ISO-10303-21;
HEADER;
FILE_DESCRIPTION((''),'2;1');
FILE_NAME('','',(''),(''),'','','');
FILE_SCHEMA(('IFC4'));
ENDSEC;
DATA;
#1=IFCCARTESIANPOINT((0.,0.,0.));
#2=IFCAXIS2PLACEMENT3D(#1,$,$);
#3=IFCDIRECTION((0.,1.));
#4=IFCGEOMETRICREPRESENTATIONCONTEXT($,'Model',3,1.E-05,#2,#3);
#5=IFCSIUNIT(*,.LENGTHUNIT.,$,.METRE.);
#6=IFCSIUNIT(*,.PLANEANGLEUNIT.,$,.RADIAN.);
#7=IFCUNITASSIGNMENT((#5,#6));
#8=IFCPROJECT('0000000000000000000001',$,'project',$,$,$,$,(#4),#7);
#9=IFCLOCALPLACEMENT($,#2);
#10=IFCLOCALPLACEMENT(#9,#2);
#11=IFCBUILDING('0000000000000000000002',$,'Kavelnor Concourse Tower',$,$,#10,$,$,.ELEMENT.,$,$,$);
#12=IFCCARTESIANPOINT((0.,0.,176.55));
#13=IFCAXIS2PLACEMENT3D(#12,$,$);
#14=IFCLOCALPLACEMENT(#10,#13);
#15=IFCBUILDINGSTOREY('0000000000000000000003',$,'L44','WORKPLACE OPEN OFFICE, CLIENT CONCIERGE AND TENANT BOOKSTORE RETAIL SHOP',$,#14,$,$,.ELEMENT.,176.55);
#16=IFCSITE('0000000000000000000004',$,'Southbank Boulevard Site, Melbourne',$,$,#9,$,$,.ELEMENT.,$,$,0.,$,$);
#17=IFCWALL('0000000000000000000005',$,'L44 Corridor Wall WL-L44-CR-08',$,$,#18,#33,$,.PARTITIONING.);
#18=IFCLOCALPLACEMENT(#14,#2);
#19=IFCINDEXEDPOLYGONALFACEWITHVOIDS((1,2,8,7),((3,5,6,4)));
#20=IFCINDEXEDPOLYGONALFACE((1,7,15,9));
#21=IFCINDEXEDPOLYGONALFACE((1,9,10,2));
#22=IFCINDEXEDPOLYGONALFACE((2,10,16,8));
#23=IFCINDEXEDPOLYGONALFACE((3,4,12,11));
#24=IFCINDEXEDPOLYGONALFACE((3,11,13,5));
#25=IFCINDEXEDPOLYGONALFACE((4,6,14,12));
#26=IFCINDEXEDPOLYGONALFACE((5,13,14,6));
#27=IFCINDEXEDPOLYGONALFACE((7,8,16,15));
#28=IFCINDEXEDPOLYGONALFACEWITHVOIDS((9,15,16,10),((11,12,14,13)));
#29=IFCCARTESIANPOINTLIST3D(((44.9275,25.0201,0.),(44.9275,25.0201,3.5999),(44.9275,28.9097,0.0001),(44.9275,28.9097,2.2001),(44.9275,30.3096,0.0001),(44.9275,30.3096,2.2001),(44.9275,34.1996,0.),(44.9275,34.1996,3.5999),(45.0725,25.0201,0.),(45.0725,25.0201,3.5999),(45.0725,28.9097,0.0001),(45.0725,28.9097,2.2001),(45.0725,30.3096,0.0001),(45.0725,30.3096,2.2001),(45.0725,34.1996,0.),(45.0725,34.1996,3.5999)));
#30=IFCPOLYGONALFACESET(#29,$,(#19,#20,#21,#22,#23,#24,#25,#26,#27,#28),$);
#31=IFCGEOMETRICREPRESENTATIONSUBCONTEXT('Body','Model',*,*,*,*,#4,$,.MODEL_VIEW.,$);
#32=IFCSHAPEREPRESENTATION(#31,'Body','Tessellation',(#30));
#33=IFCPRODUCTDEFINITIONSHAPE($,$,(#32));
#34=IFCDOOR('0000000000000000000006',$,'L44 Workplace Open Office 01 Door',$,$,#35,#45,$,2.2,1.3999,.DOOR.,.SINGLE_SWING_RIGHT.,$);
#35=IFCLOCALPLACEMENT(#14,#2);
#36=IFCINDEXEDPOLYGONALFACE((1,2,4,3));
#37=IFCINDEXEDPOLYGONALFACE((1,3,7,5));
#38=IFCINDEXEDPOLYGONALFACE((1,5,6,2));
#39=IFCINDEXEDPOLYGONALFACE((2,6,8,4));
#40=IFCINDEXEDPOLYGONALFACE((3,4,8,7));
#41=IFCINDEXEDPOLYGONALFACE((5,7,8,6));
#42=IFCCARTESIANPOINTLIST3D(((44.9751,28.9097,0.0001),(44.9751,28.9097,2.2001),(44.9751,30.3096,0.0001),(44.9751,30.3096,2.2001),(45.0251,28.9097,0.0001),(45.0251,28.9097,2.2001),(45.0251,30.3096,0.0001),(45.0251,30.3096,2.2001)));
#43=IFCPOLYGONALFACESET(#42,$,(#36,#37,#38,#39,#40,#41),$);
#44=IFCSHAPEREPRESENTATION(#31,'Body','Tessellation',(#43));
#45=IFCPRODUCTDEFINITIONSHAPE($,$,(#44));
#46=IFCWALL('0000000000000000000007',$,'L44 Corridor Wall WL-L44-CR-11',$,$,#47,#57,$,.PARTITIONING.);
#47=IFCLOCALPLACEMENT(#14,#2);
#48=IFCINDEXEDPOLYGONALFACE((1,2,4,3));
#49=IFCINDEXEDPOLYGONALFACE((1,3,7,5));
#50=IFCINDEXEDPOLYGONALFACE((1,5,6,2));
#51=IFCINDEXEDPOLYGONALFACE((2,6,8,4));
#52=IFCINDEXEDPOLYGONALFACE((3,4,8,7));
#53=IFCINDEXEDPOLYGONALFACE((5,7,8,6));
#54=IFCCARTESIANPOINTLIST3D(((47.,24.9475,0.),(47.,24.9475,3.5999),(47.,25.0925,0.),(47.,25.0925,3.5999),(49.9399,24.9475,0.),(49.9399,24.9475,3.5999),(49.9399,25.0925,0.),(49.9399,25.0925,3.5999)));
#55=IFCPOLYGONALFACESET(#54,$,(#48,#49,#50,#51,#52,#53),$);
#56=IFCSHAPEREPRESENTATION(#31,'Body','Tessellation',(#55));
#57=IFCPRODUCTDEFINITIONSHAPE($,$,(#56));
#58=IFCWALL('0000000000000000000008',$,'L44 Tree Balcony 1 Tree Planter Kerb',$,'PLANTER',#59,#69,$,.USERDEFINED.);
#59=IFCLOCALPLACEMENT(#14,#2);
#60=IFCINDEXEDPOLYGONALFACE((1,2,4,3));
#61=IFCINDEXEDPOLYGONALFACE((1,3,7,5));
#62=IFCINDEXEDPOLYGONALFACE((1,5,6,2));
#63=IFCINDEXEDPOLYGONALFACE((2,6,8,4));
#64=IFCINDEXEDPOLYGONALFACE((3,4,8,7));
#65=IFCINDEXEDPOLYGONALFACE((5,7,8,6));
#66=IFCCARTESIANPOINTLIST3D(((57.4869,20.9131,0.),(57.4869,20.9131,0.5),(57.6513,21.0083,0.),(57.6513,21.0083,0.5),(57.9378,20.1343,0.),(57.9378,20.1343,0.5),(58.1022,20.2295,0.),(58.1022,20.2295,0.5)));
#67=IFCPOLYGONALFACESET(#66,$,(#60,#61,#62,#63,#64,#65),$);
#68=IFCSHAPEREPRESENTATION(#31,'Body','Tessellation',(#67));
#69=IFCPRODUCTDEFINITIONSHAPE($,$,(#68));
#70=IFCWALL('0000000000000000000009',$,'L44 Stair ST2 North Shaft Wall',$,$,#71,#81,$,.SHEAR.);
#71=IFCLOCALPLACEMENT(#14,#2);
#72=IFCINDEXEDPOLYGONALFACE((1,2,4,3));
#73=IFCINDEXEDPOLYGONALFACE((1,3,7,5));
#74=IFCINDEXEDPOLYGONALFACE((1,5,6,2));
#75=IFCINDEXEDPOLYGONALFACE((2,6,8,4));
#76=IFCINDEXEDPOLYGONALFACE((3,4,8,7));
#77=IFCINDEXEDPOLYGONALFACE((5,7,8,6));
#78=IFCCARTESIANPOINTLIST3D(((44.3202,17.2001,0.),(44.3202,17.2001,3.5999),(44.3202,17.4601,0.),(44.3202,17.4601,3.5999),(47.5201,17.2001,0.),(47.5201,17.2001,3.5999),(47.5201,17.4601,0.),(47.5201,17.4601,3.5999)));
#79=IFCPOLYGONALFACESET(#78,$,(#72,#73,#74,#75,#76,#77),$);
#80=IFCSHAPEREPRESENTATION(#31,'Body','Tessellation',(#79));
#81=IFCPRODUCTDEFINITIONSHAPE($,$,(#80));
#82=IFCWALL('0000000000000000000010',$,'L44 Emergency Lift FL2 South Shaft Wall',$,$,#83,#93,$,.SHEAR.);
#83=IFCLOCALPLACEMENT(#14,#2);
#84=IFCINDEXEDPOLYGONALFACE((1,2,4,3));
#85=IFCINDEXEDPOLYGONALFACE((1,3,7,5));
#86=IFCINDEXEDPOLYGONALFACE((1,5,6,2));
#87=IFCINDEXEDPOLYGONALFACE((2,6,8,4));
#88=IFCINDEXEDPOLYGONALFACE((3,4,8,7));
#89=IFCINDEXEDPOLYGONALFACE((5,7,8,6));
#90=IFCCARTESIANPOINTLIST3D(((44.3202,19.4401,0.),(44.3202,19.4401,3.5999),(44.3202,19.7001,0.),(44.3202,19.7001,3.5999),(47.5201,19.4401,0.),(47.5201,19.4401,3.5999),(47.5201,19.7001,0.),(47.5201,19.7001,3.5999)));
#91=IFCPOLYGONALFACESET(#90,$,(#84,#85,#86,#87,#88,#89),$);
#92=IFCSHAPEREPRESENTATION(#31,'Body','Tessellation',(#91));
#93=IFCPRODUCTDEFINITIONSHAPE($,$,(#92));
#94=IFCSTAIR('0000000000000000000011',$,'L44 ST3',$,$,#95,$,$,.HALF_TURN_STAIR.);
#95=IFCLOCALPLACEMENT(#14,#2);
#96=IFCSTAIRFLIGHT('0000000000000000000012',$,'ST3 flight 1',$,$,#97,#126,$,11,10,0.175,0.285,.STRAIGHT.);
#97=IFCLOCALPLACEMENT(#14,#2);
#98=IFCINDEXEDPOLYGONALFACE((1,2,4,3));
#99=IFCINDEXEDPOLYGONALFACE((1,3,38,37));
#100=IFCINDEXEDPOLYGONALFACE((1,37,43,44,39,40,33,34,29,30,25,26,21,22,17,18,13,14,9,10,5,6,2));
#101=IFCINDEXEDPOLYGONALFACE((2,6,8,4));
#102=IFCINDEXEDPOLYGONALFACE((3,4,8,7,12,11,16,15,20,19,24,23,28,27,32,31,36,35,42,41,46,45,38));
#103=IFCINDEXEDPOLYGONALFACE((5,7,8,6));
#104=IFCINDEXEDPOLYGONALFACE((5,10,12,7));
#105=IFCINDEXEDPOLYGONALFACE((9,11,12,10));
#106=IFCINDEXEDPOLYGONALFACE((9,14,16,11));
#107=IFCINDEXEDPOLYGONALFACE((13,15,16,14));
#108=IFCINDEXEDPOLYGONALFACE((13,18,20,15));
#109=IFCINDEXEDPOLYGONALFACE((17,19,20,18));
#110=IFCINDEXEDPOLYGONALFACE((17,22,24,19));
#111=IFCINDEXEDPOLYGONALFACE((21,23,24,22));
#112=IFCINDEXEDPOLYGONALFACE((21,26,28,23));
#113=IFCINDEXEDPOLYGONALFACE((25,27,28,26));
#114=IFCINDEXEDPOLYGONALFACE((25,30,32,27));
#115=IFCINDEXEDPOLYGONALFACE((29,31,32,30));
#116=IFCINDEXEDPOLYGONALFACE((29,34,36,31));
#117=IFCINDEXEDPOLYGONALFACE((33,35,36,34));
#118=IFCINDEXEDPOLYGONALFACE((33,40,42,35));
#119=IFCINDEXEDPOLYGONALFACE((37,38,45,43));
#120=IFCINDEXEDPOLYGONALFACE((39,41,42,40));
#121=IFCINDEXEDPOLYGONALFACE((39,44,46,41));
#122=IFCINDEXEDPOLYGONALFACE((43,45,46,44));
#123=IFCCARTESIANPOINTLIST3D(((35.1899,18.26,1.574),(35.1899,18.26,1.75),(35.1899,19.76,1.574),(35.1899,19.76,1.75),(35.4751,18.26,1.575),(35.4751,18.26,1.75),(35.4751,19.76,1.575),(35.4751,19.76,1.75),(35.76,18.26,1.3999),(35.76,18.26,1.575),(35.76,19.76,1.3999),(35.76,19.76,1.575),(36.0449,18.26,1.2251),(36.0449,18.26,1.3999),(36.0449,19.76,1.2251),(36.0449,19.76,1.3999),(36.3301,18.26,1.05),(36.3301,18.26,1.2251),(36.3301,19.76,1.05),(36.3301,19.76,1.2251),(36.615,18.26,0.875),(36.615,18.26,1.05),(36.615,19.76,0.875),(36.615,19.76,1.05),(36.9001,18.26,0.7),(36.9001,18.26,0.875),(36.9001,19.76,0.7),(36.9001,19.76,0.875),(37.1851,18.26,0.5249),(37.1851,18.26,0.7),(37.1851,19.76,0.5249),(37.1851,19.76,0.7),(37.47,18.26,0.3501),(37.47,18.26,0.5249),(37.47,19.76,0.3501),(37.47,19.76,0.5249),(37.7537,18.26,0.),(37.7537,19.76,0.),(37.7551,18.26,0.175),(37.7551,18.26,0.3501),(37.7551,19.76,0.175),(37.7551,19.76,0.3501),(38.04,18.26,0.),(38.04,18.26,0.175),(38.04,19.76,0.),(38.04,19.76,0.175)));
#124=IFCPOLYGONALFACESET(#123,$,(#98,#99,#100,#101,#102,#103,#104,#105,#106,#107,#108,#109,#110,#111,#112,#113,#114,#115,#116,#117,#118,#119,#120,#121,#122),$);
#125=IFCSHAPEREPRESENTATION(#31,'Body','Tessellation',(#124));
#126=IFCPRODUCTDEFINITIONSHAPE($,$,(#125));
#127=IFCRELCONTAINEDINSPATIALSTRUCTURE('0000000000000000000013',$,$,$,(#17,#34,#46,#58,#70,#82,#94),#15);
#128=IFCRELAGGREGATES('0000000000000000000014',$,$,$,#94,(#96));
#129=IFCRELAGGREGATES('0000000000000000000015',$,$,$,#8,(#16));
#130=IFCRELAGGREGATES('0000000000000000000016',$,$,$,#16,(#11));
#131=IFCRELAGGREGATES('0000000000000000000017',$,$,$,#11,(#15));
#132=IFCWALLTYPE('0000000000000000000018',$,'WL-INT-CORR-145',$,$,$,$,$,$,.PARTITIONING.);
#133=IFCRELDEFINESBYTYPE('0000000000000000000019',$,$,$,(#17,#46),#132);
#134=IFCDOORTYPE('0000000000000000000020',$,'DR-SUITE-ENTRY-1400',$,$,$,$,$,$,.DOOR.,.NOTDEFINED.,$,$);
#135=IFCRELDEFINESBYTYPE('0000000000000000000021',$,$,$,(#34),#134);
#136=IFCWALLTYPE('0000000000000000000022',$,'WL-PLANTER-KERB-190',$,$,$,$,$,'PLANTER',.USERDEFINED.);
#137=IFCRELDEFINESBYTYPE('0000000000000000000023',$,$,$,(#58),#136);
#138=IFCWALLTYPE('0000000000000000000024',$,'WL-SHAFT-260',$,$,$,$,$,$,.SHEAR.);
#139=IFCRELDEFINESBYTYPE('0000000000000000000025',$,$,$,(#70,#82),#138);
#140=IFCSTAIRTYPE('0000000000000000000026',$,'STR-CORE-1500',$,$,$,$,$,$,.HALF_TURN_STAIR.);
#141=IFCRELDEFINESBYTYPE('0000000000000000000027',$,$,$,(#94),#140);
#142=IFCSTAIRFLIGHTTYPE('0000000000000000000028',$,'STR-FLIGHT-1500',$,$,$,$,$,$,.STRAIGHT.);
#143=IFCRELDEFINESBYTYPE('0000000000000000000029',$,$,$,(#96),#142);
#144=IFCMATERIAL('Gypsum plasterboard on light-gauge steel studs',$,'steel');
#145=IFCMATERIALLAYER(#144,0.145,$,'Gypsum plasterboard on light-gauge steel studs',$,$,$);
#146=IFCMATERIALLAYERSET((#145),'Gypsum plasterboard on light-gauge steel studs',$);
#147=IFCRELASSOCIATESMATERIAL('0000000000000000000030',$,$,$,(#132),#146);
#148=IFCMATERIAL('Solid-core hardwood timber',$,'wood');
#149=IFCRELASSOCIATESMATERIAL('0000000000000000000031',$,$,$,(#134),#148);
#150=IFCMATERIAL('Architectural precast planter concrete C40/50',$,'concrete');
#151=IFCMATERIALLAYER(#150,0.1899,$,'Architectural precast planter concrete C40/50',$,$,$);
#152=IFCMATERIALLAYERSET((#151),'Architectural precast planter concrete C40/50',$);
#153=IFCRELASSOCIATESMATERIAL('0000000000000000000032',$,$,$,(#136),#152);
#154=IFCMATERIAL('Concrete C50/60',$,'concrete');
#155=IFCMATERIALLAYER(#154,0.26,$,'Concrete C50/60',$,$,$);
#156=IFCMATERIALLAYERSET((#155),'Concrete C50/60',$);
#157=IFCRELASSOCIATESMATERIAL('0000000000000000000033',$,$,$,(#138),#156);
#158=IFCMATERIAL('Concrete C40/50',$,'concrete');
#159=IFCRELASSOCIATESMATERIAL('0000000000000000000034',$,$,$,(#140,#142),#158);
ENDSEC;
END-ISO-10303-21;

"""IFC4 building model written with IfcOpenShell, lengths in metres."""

from ifc_helpers import new_model, si_unit, direction, frame, frame_2d, origin, place, context, subcontext, project, spatial, polyline, rectangle, outline, extrude, material, layer, layer_set, type_object, element, fill, aggregate, save


model = new_model("IFC4")

# Units and contexts
model_context = context("Model", 3, precision=1e-05, world=origin(), true_north=direction((0.0, 1.0)))
body_context = subcontext(model_context, "Body", "Model", "MODEL_VIEW")
ifc_project = project(units=[si_unit("LENGTHUNIT", "METRE"), si_unit("PLANEANGLEUNIT", "RADIAN")], contexts=[model_context])

# Site, building, storey
site_placement = place(None, origin())
site = spatial("IfcSite", under=ifc_project, at=site_placement, Name="Southbank Boulevard Site, Melbourne", CompositionType="ELEMENT", RefElevation=0.0)
building_placement = place(site_placement, origin())
building = spatial("IfcBuilding", under=site, at=building_placement, Name="Kavelnor Concourse Tower", CompositionType="ELEMENT")
storey_placement = place(building_placement, frame((0.0, 0.0, 176.55)))
storey = spatial("IfcBuildingStorey", under=building, at=storey_placement, Name="L44", Description="WORKPLACE OPEN OFFICE, CLIENT CONCIERGE AND TENANT BOOKSTORE RETAIL SHOP", CompositionType="ELEMENT", Elevation=176.55)

# Wall, opening, door
ifc_material_1 = material(Name="Gypsum plasterboard on light-gauge steel studs", Category="steel")
ifc_layer_1 = layer(ifc_material_1, 0.145, Name="Gypsum plasterboard on light-gauge steel studs")
ifc_layer_set_1 = layer_set([ifc_layer_1], Name="Gypsum plasterboard on light-gauge steel studs")
wall_type_1 = type_object("IfcWallType", Name="WL-INT-CORR-145", PredefinedType="PARTITIONING", material=ifc_layer_set_1)
wall_1_placement = place(storey_placement, frame((45.0, 25.02, 0.0), z_axis=(0.0, 0.0, 1.0), x_axis=(0.0, 1.0, 0.0)))
wall_1 = element("IfcWall", 1, at=wall_1_placement, inside=storey, type_object=wall_type_1, Name="L44 Corridor Wall WL-L44-CR-08", PredefinedType="PARTITIONING", context=body_context, shape_type="SweptSolid", body=[
    extrude(rectangle(XDim=9.1794, YDim=0.145, at=frame_2d((4.5898, 0.0))), origin(), (0.0, 0.0, 1.0), 3.5999),
])
opening_placement = place(wall_1_placement, frame((3.8896, 0.0, 0.0)))
opening = element("IfcOpeningElement", 2, at=opening_placement, cuts=wall_1, PredefinedType="OPENING", context=body_context, shape_type="SweptSolid", body=[
    extrude(rectangle(XDim=1.3999, YDim=2.2, at=frame_2d((0.7, 1.1001))), frame((0.0, 0.0825, 0.0), z_axis=(0.0, -1.0, 0.0), x_axis=(1.0, 0.0, 0.0)), (0.0, 0.0, 1.0), 0.165),
])
ifc_material_2 = material(Name="Solid-core hardwood timber", Category="wood")
door_type = type_object("IfcDoorType", Name="DR-SUITE-ENTRY-1400", OperationType="NOTDEFINED", PredefinedType="DOOR", material=ifc_material_2)
door_placement = place(opening_placement, origin())
door = element("IfcDoor", 3, at=door_placement, inside=storey, type_object=door_type, Name="L44 Workplace Open Office 01 Door", OperationType="SINGLE_SWING_RIGHT", OverallHeight=2.2, OverallWidth=1.3999, PredefinedType="DOOR", context=body_context, shape_type="SweptSolid", body=[
    extrude(rectangle(XDim=1.3999, YDim=2.2, at=frame_2d((0.7, 1.1001))), frame((0.0, 0.0249, 0.0), z_axis=(0.0, -1.0, 0.0), x_axis=(1.0, 0.0, 0.0)), (0.0, 0.0, 1.0), 0.05),
])
fill(opening, door)

# Walls
wall_2_placement = place(storey_placement, frame((47.0, 25.02, 0.0), z_axis=(0.0, 0.0, 1.0), x_axis=(1.0, 0.0, 0.0)))
element("IfcWall", 4, at=wall_2_placement, inside=storey, type_object=wall_type_1, Name="L44 Corridor Wall WL-L44-CR-11", PredefinedType="PARTITIONING", context=body_context, shape_type="SweptSolid", body=[
    extrude(rectangle(XDim=2.9399, YDim=0.145, at=frame_2d((1.47, 0.0))), origin(), (0.0, 0.0, 1.0), 3.5999),
])
ifc_material_3 = material(Name="Architectural precast planter concrete C40/50", Category="concrete")
ifc_layer_2 = layer(ifc_material_3, 0.1899, Name="Architectural precast planter concrete C40/50")
ifc_layer_set_2 = layer_set([ifc_layer_2], Name="Architectural precast planter concrete C40/50")
wall_type_2 = type_object("IfcWallType", Name="WL-PLANTER-KERB-190", ElementType="PLANTER", PredefinedType="USERDEFINED", material=ifc_layer_set_2)
wall_3_placement = place(storey_placement, frame((58.02, 20.1819, 0.0), z_axis=(0.0, 0.0, 1.0), x_axis=(-0.501068, 0.865408, 0.0)))
element("IfcWall", 5, at=wall_3_placement, inside=storey, type_object=wall_type_2, Name="L44 Tree Balcony 1 Tree Planter Kerb", ObjectType="PLANTER", PredefinedType="USERDEFINED", context=body_context, shape_type="SweptSolid", body=[
    extrude(rectangle(XDim=0.8999, YDim=0.1899, at=frame_2d((0.45, 0.0))), origin(), (0.0, 0.0, 1.0), 0.5),
])
ifc_material_4 = material(Name="Concrete C50/60", Category="concrete")
ifc_layer_3 = layer(ifc_material_4, 0.26, Name="Concrete C50/60")
ifc_layer_set_3 = layer_set([ifc_layer_3], Name="Concrete C50/60")
wall_type_3 = type_object("IfcWallType", Name="WL-SHAFT-260", PredefinedType="SHEAR", material=ifc_layer_set_3)
for number, where, z_axis, x_axis, name in (
    (6, (44.3201, 17.3301, 0.0), (0.0, 0.0, 1.0), (1.0, 0.0, 0.0), "L44 Stair ST2 North Shaft Wall"),
    (7, (44.3201, 19.5701, 0.0), (0.0, 0.0, 1.0), (1.0, 0.0, 0.0), "L44 Emergency Lift FL2 South Shaft Wall"),
):
    element("IfcWall", number, at=place(storey_placement, frame(where, z_axis=z_axis, x_axis=x_axis)), inside=storey, type_object=wall_type_3, Name=name, PredefinedType="SHEAR", context=body_context, shape_type="SweptSolid", body=[
        extrude(rectangle(XDim=3.2, YDim=0.26, at=frame_2d((1.6001, 0.0))), origin(), (0.0, 0.0, 1.0), 3.5999),
    ])

# Stair, stair flight
ifc_material_5 = material(Name="Concrete C40/50", Category="concrete")
stair_type = type_object("IfcStairType", Name="STR-CORE-1500", PredefinedType="HALF_TURN_STAIR", material=ifc_material_5)
stair_placement = place(storey_placement, origin())
stair = element("IfcStair", 8, at=stair_placement, inside=storey, type_object=stair_type, Name="L44 ST3", PredefinedType="HALF_TURN_STAIR")
stair_flight_type = type_object("IfcStairFlightType", Name="STR-FLIGHT-1500", PredefinedType="STRAIGHT", material=ifc_material_5)
stair_flight_placement = place(storey_placement, frame((38.04, 19.01, 0.0), z_axis=(0.0, 0.0, 1.0), x_axis=(-1.0, 0.0, 0.0)))
stair_flight = element("IfcStairFlight", 9, at=stair_flight_placement, type_object=stair_flight_type, Name="ST3 flight 1", NumberOfRisers=11, NumberOfTreads=10, PredefinedType="STRAIGHT", RiserHeight=0.175, TreadLength=0.285, context=body_context, shape_type="SweptSolid", body=[
    extrude(outline(polyline([(0.0, 0.0), (0.0, 0.175), (0.2849, 0.175), (0.2849, 0.3501), (0.5701, 0.3501), (0.5701, 0.5249), (0.855, 0.5249), (0.855, 0.7), (1.1399, 0.7), (1.1399, 0.875), (1.425, 0.875), (1.425, 1.05), (1.71, 1.05), (1.71, 1.2251), (1.9951, 1.2251), (1.9951, 1.3999), (2.28, 1.3999), (2.28, 1.575), (2.5649, 1.575), (2.5649, 1.75), (2.8501, 1.75), (2.8501, 1.925), (2.8501, 1.574), (0.2864, 0.0), (0.0, 0.0)])), frame((0.0, 0.75, 0.0), z_axis=(0.0, -1.0, 0.0), x_axis=(1.0, 0.0, 0.0)), (0.0, 0.0, 1.0), 1.5),
])
aggregate(stair, [stair_flight])

save(model, "model.ifc")
